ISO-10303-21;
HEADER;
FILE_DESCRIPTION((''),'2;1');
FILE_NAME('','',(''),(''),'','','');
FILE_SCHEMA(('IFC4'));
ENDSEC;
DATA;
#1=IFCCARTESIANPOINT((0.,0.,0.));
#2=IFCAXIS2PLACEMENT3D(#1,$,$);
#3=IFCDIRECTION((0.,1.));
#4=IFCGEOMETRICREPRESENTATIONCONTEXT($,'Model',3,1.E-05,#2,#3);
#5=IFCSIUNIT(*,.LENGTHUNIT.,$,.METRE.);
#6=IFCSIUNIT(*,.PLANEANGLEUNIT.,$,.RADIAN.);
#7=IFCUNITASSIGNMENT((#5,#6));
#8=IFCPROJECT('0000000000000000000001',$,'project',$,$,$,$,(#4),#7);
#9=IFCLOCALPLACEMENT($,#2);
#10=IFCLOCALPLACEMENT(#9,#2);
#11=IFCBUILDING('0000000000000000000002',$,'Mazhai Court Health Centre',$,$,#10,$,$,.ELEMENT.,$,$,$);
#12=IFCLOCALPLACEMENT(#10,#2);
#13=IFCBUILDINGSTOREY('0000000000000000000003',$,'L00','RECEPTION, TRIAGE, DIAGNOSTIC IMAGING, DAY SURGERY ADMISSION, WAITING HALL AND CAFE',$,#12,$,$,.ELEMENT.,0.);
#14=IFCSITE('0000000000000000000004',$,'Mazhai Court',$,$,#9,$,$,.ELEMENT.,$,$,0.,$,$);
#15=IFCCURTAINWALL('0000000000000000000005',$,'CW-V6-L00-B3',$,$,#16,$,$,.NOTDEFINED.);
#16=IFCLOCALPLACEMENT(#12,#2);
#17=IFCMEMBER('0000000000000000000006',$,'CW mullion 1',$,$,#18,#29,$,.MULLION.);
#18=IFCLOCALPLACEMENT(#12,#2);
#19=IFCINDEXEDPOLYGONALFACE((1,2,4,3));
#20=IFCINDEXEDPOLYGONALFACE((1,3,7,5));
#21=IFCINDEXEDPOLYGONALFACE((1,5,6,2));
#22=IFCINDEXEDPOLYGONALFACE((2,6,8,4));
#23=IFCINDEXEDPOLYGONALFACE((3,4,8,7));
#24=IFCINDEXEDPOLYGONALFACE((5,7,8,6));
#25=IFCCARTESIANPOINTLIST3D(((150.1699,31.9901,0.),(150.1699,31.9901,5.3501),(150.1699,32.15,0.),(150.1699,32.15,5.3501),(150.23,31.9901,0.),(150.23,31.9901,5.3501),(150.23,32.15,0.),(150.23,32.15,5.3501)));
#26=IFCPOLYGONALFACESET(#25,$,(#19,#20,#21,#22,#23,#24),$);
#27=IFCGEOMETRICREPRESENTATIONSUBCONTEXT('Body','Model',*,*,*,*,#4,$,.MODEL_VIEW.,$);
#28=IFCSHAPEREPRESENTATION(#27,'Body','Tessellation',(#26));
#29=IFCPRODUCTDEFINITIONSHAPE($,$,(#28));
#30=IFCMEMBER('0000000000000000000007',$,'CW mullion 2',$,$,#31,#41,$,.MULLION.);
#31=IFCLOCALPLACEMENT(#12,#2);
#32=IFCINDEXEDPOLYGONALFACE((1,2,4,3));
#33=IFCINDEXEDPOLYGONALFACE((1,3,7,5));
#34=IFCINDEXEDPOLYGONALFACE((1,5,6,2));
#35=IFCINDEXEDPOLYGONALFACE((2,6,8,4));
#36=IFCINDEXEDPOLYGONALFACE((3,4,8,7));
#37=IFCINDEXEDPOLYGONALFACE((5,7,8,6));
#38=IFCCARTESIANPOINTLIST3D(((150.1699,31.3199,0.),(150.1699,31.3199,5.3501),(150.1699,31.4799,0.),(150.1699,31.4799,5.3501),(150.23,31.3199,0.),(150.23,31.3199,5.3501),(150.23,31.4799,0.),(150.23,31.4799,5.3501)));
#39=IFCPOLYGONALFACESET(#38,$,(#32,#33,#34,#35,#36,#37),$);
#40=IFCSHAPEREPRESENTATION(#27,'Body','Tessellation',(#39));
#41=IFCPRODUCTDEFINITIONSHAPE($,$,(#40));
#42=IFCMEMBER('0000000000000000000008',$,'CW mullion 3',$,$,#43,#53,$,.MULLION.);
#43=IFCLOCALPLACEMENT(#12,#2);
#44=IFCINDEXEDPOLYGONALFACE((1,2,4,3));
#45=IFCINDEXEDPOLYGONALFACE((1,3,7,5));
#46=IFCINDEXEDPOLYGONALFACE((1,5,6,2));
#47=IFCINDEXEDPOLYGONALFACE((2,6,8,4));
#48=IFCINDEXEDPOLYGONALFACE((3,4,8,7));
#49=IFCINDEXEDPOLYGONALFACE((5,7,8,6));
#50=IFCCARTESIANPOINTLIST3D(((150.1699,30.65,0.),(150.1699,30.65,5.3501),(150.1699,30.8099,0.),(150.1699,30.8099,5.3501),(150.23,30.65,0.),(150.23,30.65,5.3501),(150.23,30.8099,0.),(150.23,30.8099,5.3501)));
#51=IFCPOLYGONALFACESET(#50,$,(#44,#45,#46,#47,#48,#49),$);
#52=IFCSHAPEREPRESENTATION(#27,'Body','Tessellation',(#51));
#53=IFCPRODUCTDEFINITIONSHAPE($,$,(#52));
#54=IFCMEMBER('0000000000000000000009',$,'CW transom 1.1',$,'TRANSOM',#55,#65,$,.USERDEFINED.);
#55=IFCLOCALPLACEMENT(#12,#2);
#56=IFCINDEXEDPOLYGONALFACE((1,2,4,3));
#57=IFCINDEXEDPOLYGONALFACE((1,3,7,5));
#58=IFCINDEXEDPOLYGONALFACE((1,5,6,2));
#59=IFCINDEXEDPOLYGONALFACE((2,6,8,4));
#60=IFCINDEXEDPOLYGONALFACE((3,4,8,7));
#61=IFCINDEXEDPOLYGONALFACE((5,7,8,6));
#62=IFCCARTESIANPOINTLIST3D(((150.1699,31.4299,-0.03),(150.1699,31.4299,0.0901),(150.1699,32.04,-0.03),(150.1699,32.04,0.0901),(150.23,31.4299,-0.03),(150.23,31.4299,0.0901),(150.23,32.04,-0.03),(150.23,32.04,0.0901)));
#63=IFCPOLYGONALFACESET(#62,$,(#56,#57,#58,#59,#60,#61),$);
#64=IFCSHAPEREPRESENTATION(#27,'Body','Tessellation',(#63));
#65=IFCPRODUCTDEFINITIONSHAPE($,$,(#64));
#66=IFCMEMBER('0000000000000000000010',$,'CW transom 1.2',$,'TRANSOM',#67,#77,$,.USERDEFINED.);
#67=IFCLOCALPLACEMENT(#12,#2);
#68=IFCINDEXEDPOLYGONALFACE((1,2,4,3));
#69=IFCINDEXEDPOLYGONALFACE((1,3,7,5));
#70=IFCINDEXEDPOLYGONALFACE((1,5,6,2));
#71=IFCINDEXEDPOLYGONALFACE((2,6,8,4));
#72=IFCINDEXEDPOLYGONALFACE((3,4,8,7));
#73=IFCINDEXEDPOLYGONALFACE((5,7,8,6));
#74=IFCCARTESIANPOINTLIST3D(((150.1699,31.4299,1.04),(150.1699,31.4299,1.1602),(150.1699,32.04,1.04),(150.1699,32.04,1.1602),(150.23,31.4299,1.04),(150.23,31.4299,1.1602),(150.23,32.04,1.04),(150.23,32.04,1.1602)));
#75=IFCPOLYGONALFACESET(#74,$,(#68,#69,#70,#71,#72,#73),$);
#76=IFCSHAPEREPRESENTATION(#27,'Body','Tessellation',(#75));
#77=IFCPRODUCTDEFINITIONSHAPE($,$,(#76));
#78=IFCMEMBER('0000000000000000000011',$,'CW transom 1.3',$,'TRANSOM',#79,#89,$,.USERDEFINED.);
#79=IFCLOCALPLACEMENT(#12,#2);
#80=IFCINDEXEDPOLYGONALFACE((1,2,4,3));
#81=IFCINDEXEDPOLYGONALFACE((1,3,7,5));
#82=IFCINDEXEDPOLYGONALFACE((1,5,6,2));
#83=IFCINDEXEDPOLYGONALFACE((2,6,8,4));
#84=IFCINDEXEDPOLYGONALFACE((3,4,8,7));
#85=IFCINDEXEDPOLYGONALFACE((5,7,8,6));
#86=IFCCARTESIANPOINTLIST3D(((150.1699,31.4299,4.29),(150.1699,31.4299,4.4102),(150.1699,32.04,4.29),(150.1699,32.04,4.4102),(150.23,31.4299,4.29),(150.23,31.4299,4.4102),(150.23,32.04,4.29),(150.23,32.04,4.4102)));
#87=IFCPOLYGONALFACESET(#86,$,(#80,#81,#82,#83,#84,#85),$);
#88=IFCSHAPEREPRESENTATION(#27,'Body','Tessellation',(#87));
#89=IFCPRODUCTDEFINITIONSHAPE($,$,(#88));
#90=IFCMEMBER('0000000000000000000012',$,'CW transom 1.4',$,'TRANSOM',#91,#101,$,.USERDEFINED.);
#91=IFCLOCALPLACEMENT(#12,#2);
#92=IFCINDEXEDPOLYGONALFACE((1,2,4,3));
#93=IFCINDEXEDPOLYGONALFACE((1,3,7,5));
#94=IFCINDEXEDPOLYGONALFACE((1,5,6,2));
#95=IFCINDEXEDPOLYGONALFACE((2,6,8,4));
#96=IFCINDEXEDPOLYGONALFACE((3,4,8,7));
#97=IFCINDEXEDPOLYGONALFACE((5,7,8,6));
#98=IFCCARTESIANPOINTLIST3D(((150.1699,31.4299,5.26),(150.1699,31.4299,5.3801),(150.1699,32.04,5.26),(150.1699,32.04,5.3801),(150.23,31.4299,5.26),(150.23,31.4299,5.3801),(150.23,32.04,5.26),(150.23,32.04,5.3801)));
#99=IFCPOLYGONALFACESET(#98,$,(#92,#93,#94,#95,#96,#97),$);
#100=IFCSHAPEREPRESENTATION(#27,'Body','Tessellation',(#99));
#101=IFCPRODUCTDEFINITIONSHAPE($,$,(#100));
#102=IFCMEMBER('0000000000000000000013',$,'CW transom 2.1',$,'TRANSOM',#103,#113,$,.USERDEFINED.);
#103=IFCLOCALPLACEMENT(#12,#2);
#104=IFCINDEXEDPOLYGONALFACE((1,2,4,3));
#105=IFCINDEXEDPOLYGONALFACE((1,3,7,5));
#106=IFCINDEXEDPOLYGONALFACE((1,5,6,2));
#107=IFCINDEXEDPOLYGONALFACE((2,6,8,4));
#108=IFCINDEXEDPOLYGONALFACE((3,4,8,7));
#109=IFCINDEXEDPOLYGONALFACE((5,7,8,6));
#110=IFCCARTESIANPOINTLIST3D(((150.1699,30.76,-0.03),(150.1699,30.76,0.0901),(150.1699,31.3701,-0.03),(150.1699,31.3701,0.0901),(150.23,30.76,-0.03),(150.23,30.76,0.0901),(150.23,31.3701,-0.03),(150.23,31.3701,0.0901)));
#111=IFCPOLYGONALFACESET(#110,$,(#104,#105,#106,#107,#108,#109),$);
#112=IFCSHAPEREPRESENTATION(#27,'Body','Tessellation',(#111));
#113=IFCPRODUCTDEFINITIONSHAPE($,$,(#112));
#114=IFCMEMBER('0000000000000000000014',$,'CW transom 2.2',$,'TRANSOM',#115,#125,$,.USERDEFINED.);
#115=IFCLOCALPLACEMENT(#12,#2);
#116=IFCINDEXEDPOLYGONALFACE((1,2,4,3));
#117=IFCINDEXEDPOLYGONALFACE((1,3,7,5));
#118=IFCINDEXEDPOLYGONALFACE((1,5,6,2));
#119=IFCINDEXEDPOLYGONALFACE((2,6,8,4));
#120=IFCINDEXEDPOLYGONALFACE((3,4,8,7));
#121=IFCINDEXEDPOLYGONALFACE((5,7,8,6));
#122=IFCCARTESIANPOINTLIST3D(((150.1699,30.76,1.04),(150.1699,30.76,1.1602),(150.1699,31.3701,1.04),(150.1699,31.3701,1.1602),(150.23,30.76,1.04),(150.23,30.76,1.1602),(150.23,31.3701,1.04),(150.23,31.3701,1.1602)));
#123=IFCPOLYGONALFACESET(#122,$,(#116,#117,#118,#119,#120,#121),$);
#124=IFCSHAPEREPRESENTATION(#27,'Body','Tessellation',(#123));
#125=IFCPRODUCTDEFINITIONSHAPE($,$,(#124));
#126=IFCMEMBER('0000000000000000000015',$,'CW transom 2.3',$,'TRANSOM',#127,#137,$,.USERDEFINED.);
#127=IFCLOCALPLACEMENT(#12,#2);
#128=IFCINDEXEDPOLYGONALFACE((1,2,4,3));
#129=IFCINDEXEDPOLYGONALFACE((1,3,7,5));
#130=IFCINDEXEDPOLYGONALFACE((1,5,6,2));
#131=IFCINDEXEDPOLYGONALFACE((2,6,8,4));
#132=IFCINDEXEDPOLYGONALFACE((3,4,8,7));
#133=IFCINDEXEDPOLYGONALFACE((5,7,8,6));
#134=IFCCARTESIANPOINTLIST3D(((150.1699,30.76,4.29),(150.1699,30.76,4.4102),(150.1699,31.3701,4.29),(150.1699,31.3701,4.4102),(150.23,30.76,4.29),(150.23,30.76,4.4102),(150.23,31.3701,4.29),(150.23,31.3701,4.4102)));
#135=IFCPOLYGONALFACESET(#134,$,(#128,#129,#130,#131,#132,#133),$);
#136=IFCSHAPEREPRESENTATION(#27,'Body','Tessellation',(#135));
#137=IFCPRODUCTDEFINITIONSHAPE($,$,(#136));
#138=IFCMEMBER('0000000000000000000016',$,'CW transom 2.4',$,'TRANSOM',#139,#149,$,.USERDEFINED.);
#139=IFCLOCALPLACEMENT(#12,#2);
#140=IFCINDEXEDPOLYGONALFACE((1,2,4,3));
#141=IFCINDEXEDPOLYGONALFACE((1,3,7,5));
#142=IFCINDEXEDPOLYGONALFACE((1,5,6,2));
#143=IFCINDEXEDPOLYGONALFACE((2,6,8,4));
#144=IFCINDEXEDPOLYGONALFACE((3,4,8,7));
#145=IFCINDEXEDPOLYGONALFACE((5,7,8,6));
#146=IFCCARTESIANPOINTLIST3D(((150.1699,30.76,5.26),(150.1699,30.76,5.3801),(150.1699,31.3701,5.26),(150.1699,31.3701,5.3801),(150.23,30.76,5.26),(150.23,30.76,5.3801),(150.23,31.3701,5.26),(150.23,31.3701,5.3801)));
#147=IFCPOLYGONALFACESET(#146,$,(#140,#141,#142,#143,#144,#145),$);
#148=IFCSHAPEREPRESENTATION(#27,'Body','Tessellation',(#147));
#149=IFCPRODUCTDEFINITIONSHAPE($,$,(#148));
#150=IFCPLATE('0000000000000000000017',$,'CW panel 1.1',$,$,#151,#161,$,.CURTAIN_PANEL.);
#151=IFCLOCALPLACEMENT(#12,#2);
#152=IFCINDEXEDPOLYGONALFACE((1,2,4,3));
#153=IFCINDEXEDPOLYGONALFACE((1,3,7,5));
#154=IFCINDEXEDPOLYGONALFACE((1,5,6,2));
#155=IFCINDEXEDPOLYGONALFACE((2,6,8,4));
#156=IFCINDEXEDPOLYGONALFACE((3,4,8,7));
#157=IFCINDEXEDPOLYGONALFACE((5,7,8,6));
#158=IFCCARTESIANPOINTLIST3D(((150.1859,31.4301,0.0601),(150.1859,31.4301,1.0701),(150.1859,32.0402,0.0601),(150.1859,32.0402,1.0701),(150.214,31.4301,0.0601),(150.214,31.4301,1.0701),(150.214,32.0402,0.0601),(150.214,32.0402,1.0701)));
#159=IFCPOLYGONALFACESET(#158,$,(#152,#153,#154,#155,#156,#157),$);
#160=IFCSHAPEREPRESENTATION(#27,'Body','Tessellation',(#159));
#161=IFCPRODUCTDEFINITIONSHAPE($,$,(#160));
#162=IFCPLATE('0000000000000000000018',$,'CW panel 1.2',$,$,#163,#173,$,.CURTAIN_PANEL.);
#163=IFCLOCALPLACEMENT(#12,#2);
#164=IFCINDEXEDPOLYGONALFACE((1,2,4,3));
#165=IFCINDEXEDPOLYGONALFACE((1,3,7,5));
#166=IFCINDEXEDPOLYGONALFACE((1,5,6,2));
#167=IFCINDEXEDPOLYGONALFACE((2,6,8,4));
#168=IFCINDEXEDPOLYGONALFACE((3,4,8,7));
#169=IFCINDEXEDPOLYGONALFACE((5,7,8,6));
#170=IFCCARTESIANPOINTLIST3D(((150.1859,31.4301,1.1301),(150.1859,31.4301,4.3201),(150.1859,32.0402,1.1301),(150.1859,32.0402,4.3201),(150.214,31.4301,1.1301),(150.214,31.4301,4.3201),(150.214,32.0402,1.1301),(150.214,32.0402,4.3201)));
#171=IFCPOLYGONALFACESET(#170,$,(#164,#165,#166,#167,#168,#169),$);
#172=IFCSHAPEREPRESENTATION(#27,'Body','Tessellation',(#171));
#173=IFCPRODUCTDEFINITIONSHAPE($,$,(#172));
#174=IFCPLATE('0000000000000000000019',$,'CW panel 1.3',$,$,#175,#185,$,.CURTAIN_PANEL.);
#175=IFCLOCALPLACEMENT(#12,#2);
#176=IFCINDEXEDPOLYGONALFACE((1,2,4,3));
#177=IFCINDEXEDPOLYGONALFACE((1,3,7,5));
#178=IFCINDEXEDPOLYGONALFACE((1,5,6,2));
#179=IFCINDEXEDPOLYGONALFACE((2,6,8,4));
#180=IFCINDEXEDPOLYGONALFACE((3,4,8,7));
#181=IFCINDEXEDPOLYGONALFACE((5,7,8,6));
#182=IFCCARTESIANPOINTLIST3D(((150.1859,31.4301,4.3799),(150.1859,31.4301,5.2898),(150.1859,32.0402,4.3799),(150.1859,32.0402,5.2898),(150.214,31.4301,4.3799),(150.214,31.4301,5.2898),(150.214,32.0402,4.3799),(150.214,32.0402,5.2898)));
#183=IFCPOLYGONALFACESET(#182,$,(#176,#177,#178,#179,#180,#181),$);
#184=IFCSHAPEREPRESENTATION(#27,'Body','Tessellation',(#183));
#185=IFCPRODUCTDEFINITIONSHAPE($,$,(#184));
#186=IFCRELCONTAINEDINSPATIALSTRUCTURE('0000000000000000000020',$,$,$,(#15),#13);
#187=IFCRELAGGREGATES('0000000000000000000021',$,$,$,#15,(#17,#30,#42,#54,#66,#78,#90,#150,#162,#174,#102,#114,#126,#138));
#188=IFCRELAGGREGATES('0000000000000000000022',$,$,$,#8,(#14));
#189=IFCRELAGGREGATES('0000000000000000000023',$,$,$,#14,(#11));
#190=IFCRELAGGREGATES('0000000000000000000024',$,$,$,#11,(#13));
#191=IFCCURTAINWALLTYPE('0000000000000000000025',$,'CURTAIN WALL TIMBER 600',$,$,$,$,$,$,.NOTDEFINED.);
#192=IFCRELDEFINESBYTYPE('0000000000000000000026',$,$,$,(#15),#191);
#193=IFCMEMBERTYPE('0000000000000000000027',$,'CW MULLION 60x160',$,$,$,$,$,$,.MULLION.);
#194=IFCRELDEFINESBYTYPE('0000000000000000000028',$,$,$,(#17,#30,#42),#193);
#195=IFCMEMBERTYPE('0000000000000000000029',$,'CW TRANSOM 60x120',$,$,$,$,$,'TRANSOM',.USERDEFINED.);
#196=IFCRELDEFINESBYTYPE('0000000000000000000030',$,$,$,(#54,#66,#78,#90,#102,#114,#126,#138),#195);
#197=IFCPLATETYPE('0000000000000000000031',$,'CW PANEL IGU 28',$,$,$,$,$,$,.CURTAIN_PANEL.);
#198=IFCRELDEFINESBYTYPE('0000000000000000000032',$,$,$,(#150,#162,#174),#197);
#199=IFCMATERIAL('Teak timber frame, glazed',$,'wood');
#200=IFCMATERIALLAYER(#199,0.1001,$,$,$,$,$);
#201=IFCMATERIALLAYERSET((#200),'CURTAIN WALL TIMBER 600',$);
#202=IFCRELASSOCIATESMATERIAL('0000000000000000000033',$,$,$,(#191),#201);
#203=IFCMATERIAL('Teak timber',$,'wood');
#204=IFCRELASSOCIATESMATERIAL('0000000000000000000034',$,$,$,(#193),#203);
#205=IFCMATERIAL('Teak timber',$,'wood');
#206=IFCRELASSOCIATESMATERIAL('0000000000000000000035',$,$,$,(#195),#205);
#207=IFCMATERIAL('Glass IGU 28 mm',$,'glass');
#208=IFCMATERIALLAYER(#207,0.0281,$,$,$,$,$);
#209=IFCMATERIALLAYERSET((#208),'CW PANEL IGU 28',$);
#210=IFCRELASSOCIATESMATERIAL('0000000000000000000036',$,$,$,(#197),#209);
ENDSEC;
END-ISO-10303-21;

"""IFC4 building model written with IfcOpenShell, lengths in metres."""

from ifc_helpers import new_model, si_unit, direction, frame, origin, origin_2d, place, context, subcontext, project, spatial, rectangle, extrude, material, layer, layer_set, material_profile, profile_set, type_object, element, aggregate, save


model = new_model("IFC4")

# Units and contexts
model_context = context("Model", 3, precision=1e-05, world=origin(), true_north=direction((0.0, 1.0)))
body_context = subcontext(model_context, "Body", "Model", "MODEL_VIEW")
ifc_project = project(units=[si_unit("LENGTHUNIT", "METRE"), si_unit("PLANEANGLEUNIT", "RADIAN")], contexts=[model_context])

# Site, building, storey
site_placement = place(None, origin())
site = spatial("IfcSite", under=ifc_project, at=site_placement, Name="Mazhai Court", CompositionType="ELEMENT", RefElevation=0.0)
building_placement = place(site_placement, origin())
building = spatial("IfcBuilding", under=site, at=building_placement, Name="Mazhai Court Health Centre", CompositionType="ELEMENT")
storey_placement = place(building_placement, origin())
storey = spatial("IfcBuildingStorey", under=building, at=storey_placement, Name="L00", Description="RECEPTION, TRIAGE, DIAGNOSTIC IMAGING, DAY SURGERY ADMISSION, WAITING HALL AND CAFE", CompositionType="ELEMENT", Elevation=0.0)

# Curtain wall, members, plates
ifc_material_1 = material(Name="Teak timber frame, glazed", Category="wood")
ifc_layer_1 = layer(ifc_material_1, 0.1001)
ifc_layer_set_1 = layer_set([ifc_layer_1], Name="CURTAIN WALL TIMBER 600")
curtain_wall_type = type_object("IfcCurtainWallType", Name="CURTAIN WALL TIMBER 600", PredefinedType="NOTDEFINED", material=ifc_layer_set_1)
curtain_wall_placement = place(storey_placement, origin())
curtain_wall = element("IfcCurtainWall", 1, at=curtain_wall_placement, inside=storey, type_object=curtain_wall_type, Name="CW-V6-L00-B3", PredefinedType="NOTDEFINED")
ifc_material_2 = material(Name="Teak timber", Category="wood")
ifc_material_profile_1 = material_profile(ifc_material_2, rectangle(XDim=0.0601, YDim=0.1599, at=origin_2d()), Name="CW MULLION 60x160")
ifc_profile_set_1 = profile_set([ifc_material_profile_1], Name="Teak timber")
member_type_1 = type_object("IfcMemberType", Name="CW MULLION 60x160", PredefinedType="MULLION", material=ifc_profile_set_1)
member_1_placement = place(storey_placement, frame((150.2, 32.0701, 0.0), z_axis=(0.0, 0.0, 1.0), x_axis=(1.0, 0.0, 0.0)))
member_1 = element("IfcMember", 2, at=member_1_placement, type_object=member_type_1, Name="CW mullion 1", PredefinedType="MULLION", context=body_context, shape_type="SweptSolid", body=[
    extrude(rectangle(XDim=0.0601, YDim=0.1599, at=origin_2d()), origin(), (0.0, 0.0, 1.0), 5.3501),
])
member_2_placement = place(storey_placement, frame((150.2, 31.3999, 0.0), z_axis=(0.0, 0.0, 1.0), x_axis=(1.0, 0.0, 0.0)))
member_2 = element("IfcMember", 3, at=member_2_placement, type_object=member_type_1, Name="CW mullion 2", PredefinedType="MULLION", context=body_context, shape_type="SweptSolid", body=[
    extrude(rectangle(XDim=0.0601, YDim=0.1599, at=origin_2d()), origin(), (0.0, 0.0, 1.0), 5.3501),
])
member_3_placement = place(storey_placement, frame((150.2, 30.73, 0.0), z_axis=(0.0, 0.0, 1.0), x_axis=(1.0, 0.0, 0.0)))
member_3 = element("IfcMember", 4, at=member_3_placement, type_object=member_type_1, Name="CW mullion 3", PredefinedType="MULLION", context=body_context, shape_type="SweptSolid", body=[
    extrude(rectangle(XDim=0.0601, YDim=0.1599, at=origin_2d()), origin(), (0.0, 0.0, 1.0), 5.3501),
])
ifc_material_3 = material(Name="Teak timber", Category="wood")
ifc_material_profile_2 = material_profile(ifc_material_3, rectangle(XDim=0.0601, YDim=0.1201, at=origin_2d()), Name="CW TRANSOM 60x120")
ifc_profile_set_2 = profile_set([ifc_material_profile_2], Name="Teak timber")
member_type_2 = type_object("IfcMemberType", Name="CW TRANSOM 60x120", ElementType="TRANSOM", PredefinedType="USERDEFINED", material=ifc_profile_set_2)
member_4_placement = place(storey_placement, frame((150.2, 32.04, 0.03), z_axis=(0.0, -1.0, 0.0), x_axis=(1.0, 0.0, 0.0)))
member_4 = element("IfcMember", 5, at=member_4_placement, type_object=member_type_2, Name="CW transom 1.1", ObjectType="TRANSOM", PredefinedType="USERDEFINED", context=body_context, shape_type="SweptSolid", body=[
    extrude(rectangle(XDim=0.0601, YDim=0.1201, at=origin_2d()), origin(), (0.0, 0.0, 1.0), 0.6101),
])
member_5_placement = place(storey_placement, frame((150.2, 32.04, 1.1001), z_axis=(0.0, -1.0, 0.0), x_axis=(1.0, 0.0, 0.0)))
member_5 = element("IfcMember", 6, at=member_5_placement, type_object=member_type_2, Name="CW transom 1.2", ObjectType="TRANSOM", PredefinedType="USERDEFINED", context=body_context, shape_type="SweptSolid", body=[
    extrude(rectangle(XDim=0.0601, YDim=0.1201, at=origin_2d()), origin(), (0.0, 0.0, 1.0), 0.6101),
])
member_6_placement = place(storey_placement, frame((150.2, 32.04, 4.3501), z_axis=(0.0, -1.0, 0.0), x_axis=(1.0, 0.0, 0.0)))
member_6 = element("IfcMember", 7, at=member_6_placement, type_object=member_type_2, Name="CW transom 1.3", ObjectType="TRANSOM", PredefinedType="USERDEFINED", context=body_context, shape_type="SweptSolid", body=[
    extrude(rectangle(XDim=0.0601, YDim=0.1201, at=origin_2d()), origin(), (0.0, 0.0, 1.0), 0.6101),
])
member_7_placement = place(storey_placement, frame((150.2, 32.04, 5.3201), z_axis=(0.0, -1.0, 0.0), x_axis=(1.0, 0.0, 0.0)))
member_7 = element("IfcMember", 8, at=member_7_placement, type_object=member_type_2, Name="CW transom 1.4", ObjectType="TRANSOM", PredefinedType="USERDEFINED", context=body_context, shape_type="SweptSolid", body=[
    extrude(rectangle(XDim=0.0601, YDim=0.1201, at=origin_2d()), origin(), (0.0, 0.0, 1.0), 0.6101),
])
member_8_placement = place(storey_placement, frame((150.2, 31.3701, 0.03), z_axis=(0.0, -1.0, 0.0), x_axis=(1.0, 0.0, 0.0)))
member_8 = element("IfcMember", 9, at=member_8_placement, type_object=member_type_2, Name="CW transom 2.1", ObjectType="TRANSOM", PredefinedType="USERDEFINED", context=body_context, shape_type="SweptSolid", body=[
    extrude(rectangle(XDim=0.0601, YDim=0.1201, at=origin_2d()), origin(), (0.0, 0.0, 1.0), 0.6101),
])
member_9_placement = place(storey_placement, frame((150.2, 31.3701, 1.1001), z_axis=(0.0, -1.0, 0.0), x_axis=(1.0, 0.0, 0.0)))
member_9 = element("IfcMember", 10, at=member_9_placement, type_object=member_type_2, Name="CW transom 2.2", ObjectType="TRANSOM", PredefinedType="USERDEFINED", context=body_context, shape_type="SweptSolid", body=[
    extrude(rectangle(XDim=0.0601, YDim=0.1201, at=origin_2d()), origin(), (0.0, 0.0, 1.0), 0.6101),
])
member_10_placement = place(storey_placement, frame((150.2, 31.3701, 4.3501), z_axis=(0.0, -1.0, 0.0), x_axis=(1.0, 0.0, 0.0)))
member_10 = element("IfcMember", 11, at=member_10_placement, type_object=member_type_2, Name="CW transom 2.3", ObjectType="TRANSOM", PredefinedType="USERDEFINED", context=body_context, shape_type="SweptSolid", body=[
    extrude(rectangle(XDim=0.0601, YDim=0.1201, at=origin_2d()), origin(), (0.0, 0.0, 1.0), 0.6101),
])
member_11_placement = place(storey_placement, frame((150.2, 31.3701, 5.3201), z_axis=(0.0, -1.0, 0.0), x_axis=(1.0, 0.0, 0.0)))
member_11 = element("IfcMember", 12, at=member_11_placement, type_object=member_type_2, Name="CW transom 2.4", ObjectType="TRANSOM", PredefinedType="USERDEFINED", context=body_context, shape_type="SweptSolid", body=[
    extrude(rectangle(XDim=0.0601, YDim=0.1201, at=origin_2d()), origin(), (0.0, 0.0, 1.0), 0.6101),
])
ifc_material_4 = material(Name="Glass IGU 28 mm", Category="glass")
ifc_layer_2 = layer(ifc_material_4, 0.0281)
ifc_layer_set_2 = layer_set([ifc_layer_2], Name="CW PANEL IGU 28")
plate_type = type_object("IfcPlateType", Name="CW PANEL IGU 28", PredefinedType="CURTAIN_PANEL", material=ifc_layer_set_2)
plate_1_placement = place(storey_placement, frame((150.2, 31.7351, 0.0601), z_axis=(0.0, 0.0, 1.0), x_axis=(0.0, -1.0, 0.0)))
plate_1 = element("IfcPlate", 13, at=plate_1_placement, type_object=plate_type, Name="CW panel 1.1", PredefinedType="CURTAIN_PANEL", context=body_context, shape_type="SweptSolid", body=[
    extrude(rectangle(XDim=0.6101, YDim=0.0281, at=origin_2d()), origin(), (0.0, 0.0, 1.0), 1.01),
])
plate_2_placement = place(storey_placement, frame((150.2, 31.7351, 1.1301), z_axis=(0.0, 0.0, 1.0), x_axis=(0.0, -1.0, 0.0)))
plate_2 = element("IfcPlate", 14, at=plate_2_placement, type_object=plate_type, Name="CW panel 1.2", PredefinedType="CURTAIN_PANEL", context=body_context, shape_type="SweptSolid", body=[
    extrude(rectangle(XDim=0.6101, YDim=0.0281, at=origin_2d()), origin(), (0.0, 0.0, 1.0), 3.1899),
])
plate_3_placement = place(storey_placement, frame((150.2, 31.7351, 4.3799), z_axis=(0.0, 0.0, 1.0), x_axis=(0.0, -1.0, 0.0)))
plate_3 = element("IfcPlate", 15, at=plate_3_placement, type_object=plate_type, Name="CW panel 1.3", PredefinedType="CURTAIN_PANEL", context=body_context, shape_type="SweptSolid", body=[
    extrude(rectangle(XDim=0.6101, YDim=0.0281, at=origin_2d()), origin(), (0.0, 0.0, 1.0), 0.9099),
])
aggregate(curtain_wall, [member_1, member_2, member_3, member_4, member_5, member_6, member_7, plate_1, plate_2, plate_3, member_8, member_9, member_10, member_11])

save(model, "model.ifc")
